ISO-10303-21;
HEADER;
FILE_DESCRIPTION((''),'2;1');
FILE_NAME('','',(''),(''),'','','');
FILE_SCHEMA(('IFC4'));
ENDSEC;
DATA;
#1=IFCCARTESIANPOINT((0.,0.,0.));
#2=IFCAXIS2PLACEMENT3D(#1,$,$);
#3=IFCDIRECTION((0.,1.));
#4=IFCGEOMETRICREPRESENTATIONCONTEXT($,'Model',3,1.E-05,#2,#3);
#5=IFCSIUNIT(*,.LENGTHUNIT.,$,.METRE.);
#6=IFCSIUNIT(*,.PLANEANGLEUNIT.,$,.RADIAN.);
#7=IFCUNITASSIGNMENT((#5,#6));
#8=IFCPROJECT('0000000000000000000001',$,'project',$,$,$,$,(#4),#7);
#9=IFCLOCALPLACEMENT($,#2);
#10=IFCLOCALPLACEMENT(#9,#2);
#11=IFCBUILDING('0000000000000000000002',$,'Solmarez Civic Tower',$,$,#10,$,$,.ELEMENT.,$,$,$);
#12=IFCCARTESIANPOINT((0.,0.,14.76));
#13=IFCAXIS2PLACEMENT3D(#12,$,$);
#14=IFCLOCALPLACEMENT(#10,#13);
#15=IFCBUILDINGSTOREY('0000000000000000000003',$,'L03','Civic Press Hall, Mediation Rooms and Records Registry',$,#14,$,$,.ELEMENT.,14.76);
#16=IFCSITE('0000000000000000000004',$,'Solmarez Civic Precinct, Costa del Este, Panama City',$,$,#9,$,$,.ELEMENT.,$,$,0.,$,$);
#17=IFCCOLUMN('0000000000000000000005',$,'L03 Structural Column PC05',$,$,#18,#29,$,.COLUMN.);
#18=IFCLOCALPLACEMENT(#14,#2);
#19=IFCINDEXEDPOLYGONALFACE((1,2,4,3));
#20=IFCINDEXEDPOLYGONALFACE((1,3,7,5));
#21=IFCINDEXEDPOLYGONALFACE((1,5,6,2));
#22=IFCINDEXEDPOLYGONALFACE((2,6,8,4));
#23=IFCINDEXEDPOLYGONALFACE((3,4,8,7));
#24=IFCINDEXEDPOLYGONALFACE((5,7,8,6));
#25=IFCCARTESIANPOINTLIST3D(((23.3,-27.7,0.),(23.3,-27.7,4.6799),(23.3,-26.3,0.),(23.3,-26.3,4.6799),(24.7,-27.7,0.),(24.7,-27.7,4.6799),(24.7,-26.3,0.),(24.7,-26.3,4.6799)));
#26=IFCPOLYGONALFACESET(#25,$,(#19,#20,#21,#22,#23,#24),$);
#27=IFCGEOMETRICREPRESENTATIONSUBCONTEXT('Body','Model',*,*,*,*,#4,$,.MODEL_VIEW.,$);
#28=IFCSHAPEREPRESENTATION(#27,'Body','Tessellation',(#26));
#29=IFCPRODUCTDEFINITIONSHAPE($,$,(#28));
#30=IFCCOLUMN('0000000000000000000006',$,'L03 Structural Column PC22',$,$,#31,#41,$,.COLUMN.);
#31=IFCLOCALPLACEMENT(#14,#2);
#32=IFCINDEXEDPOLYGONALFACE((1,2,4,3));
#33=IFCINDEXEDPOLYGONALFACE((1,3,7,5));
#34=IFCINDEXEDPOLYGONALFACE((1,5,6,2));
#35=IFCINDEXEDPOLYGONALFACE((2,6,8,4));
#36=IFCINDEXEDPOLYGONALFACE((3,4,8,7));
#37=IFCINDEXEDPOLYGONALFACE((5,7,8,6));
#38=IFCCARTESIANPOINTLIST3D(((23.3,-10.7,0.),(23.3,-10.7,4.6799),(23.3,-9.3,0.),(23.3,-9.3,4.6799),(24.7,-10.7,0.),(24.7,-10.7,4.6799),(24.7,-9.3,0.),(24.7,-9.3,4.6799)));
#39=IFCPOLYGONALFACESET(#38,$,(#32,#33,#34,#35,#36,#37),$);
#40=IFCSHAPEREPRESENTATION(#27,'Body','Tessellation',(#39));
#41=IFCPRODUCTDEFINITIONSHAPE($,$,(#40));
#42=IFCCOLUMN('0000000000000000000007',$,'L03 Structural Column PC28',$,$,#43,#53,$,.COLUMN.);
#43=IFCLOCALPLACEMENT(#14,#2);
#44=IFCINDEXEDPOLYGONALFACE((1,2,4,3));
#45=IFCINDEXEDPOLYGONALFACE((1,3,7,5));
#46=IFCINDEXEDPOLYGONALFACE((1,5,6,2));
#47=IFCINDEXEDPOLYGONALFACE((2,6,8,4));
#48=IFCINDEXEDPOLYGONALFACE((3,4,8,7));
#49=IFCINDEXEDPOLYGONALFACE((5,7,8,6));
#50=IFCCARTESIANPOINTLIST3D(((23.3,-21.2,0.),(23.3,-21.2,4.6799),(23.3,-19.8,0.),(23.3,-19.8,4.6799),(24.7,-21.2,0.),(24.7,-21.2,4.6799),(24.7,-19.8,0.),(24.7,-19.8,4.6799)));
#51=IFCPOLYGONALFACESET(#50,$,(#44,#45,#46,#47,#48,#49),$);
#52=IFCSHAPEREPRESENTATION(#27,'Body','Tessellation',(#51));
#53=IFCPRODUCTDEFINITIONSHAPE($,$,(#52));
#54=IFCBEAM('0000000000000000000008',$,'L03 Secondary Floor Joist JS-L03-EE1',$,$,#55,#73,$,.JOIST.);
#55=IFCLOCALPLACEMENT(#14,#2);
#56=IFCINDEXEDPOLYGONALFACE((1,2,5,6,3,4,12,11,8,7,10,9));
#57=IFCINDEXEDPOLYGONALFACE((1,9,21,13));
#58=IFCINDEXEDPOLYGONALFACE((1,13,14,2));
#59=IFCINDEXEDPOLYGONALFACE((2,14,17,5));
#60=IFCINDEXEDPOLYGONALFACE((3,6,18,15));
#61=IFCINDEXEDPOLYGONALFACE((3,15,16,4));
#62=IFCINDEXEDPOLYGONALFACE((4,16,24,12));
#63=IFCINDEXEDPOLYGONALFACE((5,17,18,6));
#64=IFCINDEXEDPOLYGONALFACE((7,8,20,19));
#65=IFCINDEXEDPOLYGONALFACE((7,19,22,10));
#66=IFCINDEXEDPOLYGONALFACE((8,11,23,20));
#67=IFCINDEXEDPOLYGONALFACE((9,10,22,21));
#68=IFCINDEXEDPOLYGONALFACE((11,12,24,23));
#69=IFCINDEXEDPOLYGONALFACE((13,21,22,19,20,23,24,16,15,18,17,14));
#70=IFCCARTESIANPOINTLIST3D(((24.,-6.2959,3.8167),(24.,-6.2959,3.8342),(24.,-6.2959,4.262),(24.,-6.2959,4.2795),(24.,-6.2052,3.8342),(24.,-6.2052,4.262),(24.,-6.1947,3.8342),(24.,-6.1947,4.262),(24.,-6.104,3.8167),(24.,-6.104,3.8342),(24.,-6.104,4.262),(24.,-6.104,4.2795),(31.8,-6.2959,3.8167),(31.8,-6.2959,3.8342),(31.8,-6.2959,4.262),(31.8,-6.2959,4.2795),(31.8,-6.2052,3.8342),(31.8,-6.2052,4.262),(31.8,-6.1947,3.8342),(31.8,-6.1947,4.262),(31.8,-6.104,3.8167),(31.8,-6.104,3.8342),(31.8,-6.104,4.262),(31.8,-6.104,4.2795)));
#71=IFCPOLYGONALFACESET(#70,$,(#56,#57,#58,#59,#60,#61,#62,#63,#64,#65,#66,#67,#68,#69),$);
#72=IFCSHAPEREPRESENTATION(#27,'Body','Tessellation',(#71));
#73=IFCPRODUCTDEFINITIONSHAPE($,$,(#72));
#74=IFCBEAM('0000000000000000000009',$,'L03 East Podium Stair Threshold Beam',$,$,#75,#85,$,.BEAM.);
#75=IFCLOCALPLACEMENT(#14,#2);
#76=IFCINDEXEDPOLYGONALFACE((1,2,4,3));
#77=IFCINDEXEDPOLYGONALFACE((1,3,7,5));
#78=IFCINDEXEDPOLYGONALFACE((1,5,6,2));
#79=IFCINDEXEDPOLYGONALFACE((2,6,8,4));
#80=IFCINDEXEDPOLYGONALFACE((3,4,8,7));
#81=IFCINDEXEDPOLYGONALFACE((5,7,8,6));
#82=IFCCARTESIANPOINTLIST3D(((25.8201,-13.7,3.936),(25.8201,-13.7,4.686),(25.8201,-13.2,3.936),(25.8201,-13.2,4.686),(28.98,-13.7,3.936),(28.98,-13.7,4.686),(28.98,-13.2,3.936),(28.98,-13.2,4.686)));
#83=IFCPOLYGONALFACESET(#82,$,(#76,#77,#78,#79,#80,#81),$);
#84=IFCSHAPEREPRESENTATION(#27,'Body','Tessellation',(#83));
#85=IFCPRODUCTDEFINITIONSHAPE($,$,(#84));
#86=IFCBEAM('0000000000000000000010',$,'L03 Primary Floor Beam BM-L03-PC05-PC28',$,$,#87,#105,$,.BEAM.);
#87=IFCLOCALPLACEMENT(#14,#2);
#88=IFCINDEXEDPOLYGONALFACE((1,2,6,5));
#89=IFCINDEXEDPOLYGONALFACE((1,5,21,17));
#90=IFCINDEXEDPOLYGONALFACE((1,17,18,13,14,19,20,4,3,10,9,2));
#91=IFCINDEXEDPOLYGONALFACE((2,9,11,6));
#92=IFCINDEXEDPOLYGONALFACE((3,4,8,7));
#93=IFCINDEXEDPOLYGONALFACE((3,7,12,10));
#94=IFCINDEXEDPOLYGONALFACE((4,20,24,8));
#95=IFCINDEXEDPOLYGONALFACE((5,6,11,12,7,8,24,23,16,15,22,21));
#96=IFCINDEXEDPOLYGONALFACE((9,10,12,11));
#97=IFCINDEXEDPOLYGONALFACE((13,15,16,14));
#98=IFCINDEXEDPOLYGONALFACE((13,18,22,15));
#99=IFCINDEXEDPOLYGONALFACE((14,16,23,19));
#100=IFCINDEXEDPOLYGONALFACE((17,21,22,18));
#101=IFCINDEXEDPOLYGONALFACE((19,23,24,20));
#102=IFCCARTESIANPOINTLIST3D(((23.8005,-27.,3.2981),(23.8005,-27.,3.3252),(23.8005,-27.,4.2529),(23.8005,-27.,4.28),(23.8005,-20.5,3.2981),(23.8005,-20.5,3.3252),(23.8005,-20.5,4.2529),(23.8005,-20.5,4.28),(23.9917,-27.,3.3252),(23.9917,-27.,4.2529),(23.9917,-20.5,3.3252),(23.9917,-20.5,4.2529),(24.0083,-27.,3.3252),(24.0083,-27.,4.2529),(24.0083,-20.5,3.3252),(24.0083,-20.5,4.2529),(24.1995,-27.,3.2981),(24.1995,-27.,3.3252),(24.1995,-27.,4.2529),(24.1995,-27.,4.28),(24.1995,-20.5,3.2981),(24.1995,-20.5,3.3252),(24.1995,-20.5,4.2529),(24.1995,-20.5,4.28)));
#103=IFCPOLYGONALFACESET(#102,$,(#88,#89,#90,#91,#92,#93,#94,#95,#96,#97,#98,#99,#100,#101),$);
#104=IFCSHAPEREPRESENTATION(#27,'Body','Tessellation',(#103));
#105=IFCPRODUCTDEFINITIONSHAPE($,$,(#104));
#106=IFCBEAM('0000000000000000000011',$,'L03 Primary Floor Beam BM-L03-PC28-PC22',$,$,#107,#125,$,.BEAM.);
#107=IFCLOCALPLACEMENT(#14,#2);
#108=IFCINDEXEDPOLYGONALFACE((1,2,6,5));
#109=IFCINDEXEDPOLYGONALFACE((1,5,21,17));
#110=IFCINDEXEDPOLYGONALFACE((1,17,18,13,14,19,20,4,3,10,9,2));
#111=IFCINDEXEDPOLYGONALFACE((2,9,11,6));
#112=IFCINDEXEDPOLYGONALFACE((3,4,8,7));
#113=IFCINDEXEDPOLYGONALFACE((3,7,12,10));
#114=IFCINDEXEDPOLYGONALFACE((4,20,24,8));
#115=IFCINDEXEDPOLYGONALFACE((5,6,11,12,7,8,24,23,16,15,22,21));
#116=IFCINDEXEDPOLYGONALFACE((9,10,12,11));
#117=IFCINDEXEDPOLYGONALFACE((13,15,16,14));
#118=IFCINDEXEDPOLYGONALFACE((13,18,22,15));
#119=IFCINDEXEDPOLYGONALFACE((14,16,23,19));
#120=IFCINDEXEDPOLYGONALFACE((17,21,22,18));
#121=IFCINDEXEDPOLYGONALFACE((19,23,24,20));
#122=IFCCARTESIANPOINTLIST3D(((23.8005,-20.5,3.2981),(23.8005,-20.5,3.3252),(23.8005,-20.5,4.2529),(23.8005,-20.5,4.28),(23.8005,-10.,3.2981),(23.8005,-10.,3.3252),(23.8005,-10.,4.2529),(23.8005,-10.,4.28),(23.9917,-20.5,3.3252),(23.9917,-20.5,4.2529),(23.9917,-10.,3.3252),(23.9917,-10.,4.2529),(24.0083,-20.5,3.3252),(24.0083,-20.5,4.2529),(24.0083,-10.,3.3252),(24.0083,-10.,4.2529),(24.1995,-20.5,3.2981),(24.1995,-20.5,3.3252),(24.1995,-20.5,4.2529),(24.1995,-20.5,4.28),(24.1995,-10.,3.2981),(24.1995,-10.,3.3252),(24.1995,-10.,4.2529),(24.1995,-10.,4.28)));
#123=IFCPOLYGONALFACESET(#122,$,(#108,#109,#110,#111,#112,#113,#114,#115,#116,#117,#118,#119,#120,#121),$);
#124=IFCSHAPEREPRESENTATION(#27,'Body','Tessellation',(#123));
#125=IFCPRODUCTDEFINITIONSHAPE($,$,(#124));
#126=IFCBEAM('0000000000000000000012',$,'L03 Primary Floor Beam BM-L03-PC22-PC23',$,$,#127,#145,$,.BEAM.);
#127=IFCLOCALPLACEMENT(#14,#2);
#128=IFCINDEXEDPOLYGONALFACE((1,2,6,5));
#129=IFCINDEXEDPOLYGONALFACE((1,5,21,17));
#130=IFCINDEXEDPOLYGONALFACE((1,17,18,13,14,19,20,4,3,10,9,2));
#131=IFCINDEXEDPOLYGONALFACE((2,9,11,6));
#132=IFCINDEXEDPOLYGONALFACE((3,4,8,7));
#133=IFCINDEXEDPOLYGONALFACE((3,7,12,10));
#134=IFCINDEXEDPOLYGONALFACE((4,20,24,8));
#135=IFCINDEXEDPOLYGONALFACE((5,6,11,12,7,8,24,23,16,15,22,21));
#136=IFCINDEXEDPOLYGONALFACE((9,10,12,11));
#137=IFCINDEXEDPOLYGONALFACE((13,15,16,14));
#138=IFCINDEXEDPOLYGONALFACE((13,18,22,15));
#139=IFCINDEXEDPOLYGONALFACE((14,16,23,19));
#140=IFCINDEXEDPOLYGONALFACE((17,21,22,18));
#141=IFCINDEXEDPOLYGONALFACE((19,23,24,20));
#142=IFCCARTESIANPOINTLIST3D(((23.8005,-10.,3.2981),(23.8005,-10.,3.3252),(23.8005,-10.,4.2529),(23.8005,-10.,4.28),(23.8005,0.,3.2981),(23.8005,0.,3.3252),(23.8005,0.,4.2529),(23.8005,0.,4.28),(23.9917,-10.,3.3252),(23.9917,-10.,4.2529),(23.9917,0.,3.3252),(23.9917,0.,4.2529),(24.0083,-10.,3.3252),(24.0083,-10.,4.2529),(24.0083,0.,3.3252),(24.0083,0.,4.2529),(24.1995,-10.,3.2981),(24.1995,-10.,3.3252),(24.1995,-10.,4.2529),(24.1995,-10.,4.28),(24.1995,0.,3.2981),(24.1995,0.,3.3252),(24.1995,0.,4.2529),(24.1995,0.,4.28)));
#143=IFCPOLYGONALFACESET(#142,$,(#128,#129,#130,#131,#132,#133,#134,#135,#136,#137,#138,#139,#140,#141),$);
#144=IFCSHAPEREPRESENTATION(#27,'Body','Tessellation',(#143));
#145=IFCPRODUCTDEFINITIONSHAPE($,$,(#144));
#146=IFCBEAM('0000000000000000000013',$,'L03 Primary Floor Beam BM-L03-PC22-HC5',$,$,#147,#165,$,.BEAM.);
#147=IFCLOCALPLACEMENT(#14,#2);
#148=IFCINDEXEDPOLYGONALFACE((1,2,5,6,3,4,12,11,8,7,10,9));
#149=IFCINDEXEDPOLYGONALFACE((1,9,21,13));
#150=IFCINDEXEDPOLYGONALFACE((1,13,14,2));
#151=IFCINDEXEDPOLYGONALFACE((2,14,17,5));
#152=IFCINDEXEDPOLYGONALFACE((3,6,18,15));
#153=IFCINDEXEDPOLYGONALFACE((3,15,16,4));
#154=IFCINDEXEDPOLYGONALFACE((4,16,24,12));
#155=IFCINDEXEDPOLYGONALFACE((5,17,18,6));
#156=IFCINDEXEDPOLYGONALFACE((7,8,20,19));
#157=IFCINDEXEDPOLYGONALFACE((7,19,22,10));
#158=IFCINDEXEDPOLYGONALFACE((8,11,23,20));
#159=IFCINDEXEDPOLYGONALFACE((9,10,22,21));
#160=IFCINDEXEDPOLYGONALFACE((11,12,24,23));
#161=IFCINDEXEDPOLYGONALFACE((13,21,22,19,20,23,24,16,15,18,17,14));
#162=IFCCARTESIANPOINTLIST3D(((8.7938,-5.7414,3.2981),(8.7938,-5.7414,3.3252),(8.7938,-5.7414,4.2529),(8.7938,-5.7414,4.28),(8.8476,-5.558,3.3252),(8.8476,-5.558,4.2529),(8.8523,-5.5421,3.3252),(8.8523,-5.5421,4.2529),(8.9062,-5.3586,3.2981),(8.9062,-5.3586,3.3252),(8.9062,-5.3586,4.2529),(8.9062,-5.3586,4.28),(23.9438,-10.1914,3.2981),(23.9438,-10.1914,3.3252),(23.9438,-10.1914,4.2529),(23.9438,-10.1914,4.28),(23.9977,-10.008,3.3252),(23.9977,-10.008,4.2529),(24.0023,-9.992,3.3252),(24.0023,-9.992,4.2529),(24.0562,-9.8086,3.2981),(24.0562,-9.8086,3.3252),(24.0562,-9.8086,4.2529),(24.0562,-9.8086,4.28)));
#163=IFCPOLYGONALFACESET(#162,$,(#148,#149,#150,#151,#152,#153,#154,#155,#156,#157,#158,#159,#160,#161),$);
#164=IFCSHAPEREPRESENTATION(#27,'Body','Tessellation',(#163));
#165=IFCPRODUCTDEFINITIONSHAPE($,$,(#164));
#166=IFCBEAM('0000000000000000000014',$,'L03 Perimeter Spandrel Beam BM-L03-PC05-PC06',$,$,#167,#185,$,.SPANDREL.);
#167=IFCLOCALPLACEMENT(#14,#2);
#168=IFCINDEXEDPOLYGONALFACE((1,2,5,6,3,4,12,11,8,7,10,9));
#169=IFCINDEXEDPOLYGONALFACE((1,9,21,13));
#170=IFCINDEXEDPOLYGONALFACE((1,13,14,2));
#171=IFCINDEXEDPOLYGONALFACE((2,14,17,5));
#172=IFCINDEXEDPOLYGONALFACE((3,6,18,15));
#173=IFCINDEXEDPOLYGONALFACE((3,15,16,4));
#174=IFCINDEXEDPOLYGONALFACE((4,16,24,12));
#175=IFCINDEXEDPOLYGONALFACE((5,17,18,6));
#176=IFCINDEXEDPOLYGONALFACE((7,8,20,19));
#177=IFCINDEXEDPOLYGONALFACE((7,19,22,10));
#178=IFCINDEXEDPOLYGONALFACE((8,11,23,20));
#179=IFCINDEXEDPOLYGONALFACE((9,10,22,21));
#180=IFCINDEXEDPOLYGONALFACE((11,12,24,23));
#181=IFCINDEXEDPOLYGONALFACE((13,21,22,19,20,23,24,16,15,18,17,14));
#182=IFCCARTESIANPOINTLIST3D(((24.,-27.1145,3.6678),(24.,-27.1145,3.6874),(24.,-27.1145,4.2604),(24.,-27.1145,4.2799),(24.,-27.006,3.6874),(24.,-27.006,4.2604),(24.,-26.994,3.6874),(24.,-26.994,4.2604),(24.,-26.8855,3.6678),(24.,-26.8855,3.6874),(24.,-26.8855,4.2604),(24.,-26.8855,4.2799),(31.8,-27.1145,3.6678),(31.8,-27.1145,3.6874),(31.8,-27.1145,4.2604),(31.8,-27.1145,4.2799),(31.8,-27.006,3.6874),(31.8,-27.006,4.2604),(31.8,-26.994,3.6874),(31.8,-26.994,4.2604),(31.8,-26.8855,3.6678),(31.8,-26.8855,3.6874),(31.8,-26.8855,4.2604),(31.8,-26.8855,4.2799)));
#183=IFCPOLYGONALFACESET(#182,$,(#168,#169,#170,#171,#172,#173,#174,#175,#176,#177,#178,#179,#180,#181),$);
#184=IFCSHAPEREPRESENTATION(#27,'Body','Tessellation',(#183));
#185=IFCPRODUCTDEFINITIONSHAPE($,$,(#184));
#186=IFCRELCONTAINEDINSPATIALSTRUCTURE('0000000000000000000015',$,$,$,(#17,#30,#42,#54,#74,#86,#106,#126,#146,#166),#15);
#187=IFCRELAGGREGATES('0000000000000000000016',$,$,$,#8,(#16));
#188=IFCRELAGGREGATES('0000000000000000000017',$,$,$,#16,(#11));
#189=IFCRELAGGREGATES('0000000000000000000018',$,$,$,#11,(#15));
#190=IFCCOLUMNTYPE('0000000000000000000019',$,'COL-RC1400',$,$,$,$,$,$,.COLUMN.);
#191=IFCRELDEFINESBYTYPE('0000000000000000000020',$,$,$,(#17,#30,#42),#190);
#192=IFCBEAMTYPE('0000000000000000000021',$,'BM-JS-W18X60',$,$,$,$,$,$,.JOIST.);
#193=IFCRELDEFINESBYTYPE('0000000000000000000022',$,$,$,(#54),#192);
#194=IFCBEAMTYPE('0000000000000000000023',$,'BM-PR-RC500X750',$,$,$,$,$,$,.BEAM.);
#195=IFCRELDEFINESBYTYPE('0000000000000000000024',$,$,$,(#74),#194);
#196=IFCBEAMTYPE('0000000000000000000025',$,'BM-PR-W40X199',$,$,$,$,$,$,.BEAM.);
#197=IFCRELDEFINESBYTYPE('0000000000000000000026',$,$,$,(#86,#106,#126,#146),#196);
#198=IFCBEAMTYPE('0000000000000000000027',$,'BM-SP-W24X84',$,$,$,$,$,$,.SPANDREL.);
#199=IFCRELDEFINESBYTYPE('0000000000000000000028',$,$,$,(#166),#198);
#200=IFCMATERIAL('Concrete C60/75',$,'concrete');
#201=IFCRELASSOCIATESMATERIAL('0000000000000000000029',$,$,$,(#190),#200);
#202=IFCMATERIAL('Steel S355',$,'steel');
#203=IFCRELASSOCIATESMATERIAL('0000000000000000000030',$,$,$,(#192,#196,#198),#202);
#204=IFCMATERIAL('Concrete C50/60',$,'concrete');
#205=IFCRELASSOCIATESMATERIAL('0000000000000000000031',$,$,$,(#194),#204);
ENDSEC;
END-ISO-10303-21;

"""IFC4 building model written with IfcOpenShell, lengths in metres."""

from ifc_helpers import new_model, si_unit, direction, frame, origin, origin_2d, place, context, subcontext, project, spatial, rectangle, i_section, extrude, material, material_profile, profile_set, type_object, element, save


model = new_model("IFC4")

# Units and contexts
model_context = context("Model", 3, precision=1e-05, world=origin(), true_north=direction((0.0, 1.0)))
body_context = subcontext(model_context, "Body", "Model", "MODEL_VIEW")
ifc_project = project(units=[si_unit("LENGTHUNIT", "METRE"), si_unit("PLANEANGLEUNIT", "RADIAN")], contexts=[model_context])

# Site, building, storey
site_placement = place(None, origin())
site = spatial("IfcSite", under=ifc_project, at=site_placement, Name="Solmarez Civic Precinct, Costa del Este, Panama City", CompositionType="ELEMENT", RefElevation=0.0)
building_placement = place(site_placement, origin())
building = spatial("IfcBuilding", under=site, at=building_placement, Name="Solmarez Civic Tower", CompositionType="ELEMENT")
storey_placement = place(building_placement, frame((0.0, 0.0, 14.76)))
storey = spatial("IfcBuildingStorey", under=building, at=storey_placement, Name="L03", Description="Civic Press Hall, Mediation Rooms and Records Registry", CompositionType="ELEMENT", Elevation=14.76)

# Columns
ifc_material_1 = material(Name="Concrete C60/75", Category="concrete")
ifc_material_profile_1 = material_profile(ifc_material_1, rectangle(XDim=1.3999, YDim=1.3999, at=origin_2d()), Name="RC1400X1400")
ifc_profile_set_1 = profile_set([ifc_material_profile_1], Name="Concrete C60/75")
column_type = type_object("IfcColumnType", Name="COL-RC1400", PredefinedType="COLUMN", material=ifc_profile_set_1)
for number, where, z_axis, x_axis, name in (
    (1, (24.0, -27.0, 0.0), (0.0, 0.0, 1.0), (1.0, 0.0, 0.0), "L03 Structural Column PC05"),
    (2, (24.0, -10.0, 0.0), (0.0, 0.0, 1.0), (1.0, 0.0, 0.0), "L03 Structural Column PC22"),
    (3, (24.0, -20.5, 0.0), (0.0, 0.0, 1.0), (1.0, 0.0, 0.0), "L03 Structural Column PC28"),
):
    element("IfcColumn", number, at=place(storey_placement, frame(where, z_axis=z_axis, x_axis=x_axis)), inside=storey, type_object=column_type, Name=name, PredefinedType="COLUMN", context=body_context, shape_type="SweptSolid", body=[
        extrude(rectangle(XDim=1.3999, YDim=1.3999, at=origin_2d()), origin(), (0.0, 0.0, 1.0), 4.6799),
    ])

# Beams
ifc_material_2 = material(Name="Steel S355", Category="steel")
ifc_material_profile_2 = material_profile(ifc_material_2, i_section(OverallWidth=0.1919, OverallDepth=0.4629, WebThickness=0.0105, FlangeThickness=0.0176, at=origin_2d()), Name="W18X60")
ifc_profile_set_2 = profile_set([ifc_material_profile_2], Name="Steel S355")
beam_type_1 = type_object("IfcBeamType", Name="BM-JS-W18X60", PredefinedType="JOIST", material=ifc_profile_set_2)
beam_1_placement = place(storey_placement, frame((24.0, -6.2, 4.0481), z_axis=(1.0, 0.0, 0.0), x_axis=(0.0, 1.0, 0.0)))
element("IfcBeam", 4, at=beam_1_placement, inside=storey, type_object=beam_type_1, Name="L03 Secondary Floor Joist JS-L03-EE1", PredefinedType="JOIST", context=body_context, shape_type="SweptSolid", body=[
    extrude(i_section(OverallWidth=0.1919, OverallDepth=0.4629, WebThickness=0.0105, FlangeThickness=0.0176, at=origin_2d()), origin(), (0.0, 0.0, 1.0), 7.8),
])
ifc_material_3 = material(Name="Concrete C50/60", Category="concrete")
ifc_material_profile_3 = material_profile(ifc_material_3, rectangle(XDim=0.5, YDim=0.75, at=origin_2d()), Name="RC500X750")
ifc_profile_set_3 = profile_set([ifc_material_profile_3], Name="Concrete C50/60")
beam_type_2 = type_object("IfcBeamType", Name="BM-PR-RC500X750", PredefinedType="BEAM", material=ifc_profile_set_3)
beam_2_placement = place(storey_placement, frame((25.8201, -13.45, 4.311), z_axis=(1.0, 0.0, 0.0), x_axis=(0.0, 1.0, 0.0)))
element("IfcBeam", 5, at=beam_2_placement, inside=storey, type_object=beam_type_2, Name="L03 East Podium Stair Threshold Beam", PredefinedType="BEAM", context=body_context, shape_type="SweptSolid", body=[
    extrude(rectangle(XDim=0.5, YDim=0.75, at=origin_2d()), origin(), (0.0, 0.0, 1.0), 3.1599),
])
ifc_material_profile_4 = material_profile(ifc_material_2, i_section(OverallWidth=0.3989, OverallDepth=0.9819, WebThickness=0.0166, FlangeThickness=0.0271, at=origin_2d()), Name="W40X199")
ifc_profile_set_4 = profile_set([ifc_material_profile_4], Name="Steel S355")
beam_type_3 = type_object("IfcBeamType", Name="BM-PR-W40X199", PredefinedType="BEAM", material=ifc_profile_set_4)
beam_3_placement = place(storey_placement, frame((24.0, -27.0, 3.7891), z_axis=(0.0, 1.0, 0.0), x_axis=(-1.0, 0.0, 0.0)))
element("IfcBeam", 6, at=beam_3_placement, inside=storey, type_object=beam_type_3, Name="L03 Primary Floor Beam BM-L03-PC05-PC28", PredefinedType="BEAM", context=body_context, shape_type="SweptSolid", body=[
    extrude(i_section(OverallWidth=0.3989, OverallDepth=0.9819, WebThickness=0.0166, FlangeThickness=0.0271, at=origin_2d()), origin(), (0.0, 0.0, 1.0), 6.5),
])
beam_4_placement = place(storey_placement, frame((24.0, -20.5, 3.7891), z_axis=(0.0, 1.0, 0.0), x_axis=(-1.0, 0.0, 0.0)))
element("IfcBeam", 7, at=beam_4_placement, inside=storey, type_object=beam_type_3, Name="L03 Primary Floor Beam BM-L03-PC28-PC22", PredefinedType="BEAM", context=body_context, shape_type="SweptSolid", body=[
    extrude(i_section(OverallWidth=0.3989, OverallDepth=0.9819, WebThickness=0.0166, FlangeThickness=0.0271, at=origin_2d()), origin(), (0.0, 0.0, 1.0), 10.5),
])
beam_5_placement = place(storey_placement, frame((24.0, -10.0, 3.7891), z_axis=(0.0, 1.0, 0.0), x_axis=(-1.0, 0.0, 0.0)))
element("IfcBeam", 8, at=beam_5_placement, inside=storey, type_object=beam_type_3, Name="L03 Primary Floor Beam BM-L03-PC22-PC23", PredefinedType="BEAM", context=body_context, shape_type="SweptSolid", body=[
    extrude(i_section(OverallWidth=0.3989, OverallDepth=0.9819, WebThickness=0.0166, FlangeThickness=0.0271, at=origin_2d()), origin(), (0.0, 0.0, 1.0), 10.0),
])
beam_6_placement = place(storey_placement, frame((24.0, -10.0, 3.7891), z_axis=(-0.959467, 0.281822, 0.0), x_axis=(-0.281822, -0.959467, 0.0)))
element("IfcBeam", 9, at=beam_6_placement, inside=storey, type_object=beam_type_3, Name="L03 Primary Floor Beam BM-L03-PC22-HC5", PredefinedType="BEAM", context=body_context, shape_type="SweptSolid", body=[
    extrude(i_section(OverallWidth=0.3989, OverallDepth=0.9819, WebThickness=0.0166, FlangeThickness=0.0271, at=origin_2d()), origin(), (0.0, 0.0, 1.0), 15.79),
])
ifc_material_profile_5 = material_profile(ifc_material_2, i_section(OverallWidth=0.229, OverallDepth=0.6121, WebThickness=0.012, FlangeThickness=0.0195, at=origin_2d()), Name="W24X84")
ifc_profile_set_5 = profile_set([ifc_material_profile_5], Name="Steel S355")
beam_type_4 = type_object("IfcBeamType", Name="BM-SP-W24X84", PredefinedType="SPANDREL", material=ifc_profile_set_5)
beam_7_placement = place(storey_placement, frame((24.0, -27.0, 3.9739), z_axis=(1.0, 0.0, 0.0), x_axis=(0.0, 1.0, 0.0)))
element("IfcBeam", 10, at=beam_7_placement, inside=storey, type_object=beam_type_4, Name="L03 Perimeter Spandrel Beam BM-L03-PC05-PC06", PredefinedType="SPANDREL", context=body_context, shape_type="SweptSolid", body=[
    extrude(i_section(OverallWidth=0.229, OverallDepth=0.6121, WebThickness=0.012, FlangeThickness=0.0195, at=origin_2d()), origin(), (0.0, 0.0, 1.0), 7.8),
])

save(model, "model.ifc")
